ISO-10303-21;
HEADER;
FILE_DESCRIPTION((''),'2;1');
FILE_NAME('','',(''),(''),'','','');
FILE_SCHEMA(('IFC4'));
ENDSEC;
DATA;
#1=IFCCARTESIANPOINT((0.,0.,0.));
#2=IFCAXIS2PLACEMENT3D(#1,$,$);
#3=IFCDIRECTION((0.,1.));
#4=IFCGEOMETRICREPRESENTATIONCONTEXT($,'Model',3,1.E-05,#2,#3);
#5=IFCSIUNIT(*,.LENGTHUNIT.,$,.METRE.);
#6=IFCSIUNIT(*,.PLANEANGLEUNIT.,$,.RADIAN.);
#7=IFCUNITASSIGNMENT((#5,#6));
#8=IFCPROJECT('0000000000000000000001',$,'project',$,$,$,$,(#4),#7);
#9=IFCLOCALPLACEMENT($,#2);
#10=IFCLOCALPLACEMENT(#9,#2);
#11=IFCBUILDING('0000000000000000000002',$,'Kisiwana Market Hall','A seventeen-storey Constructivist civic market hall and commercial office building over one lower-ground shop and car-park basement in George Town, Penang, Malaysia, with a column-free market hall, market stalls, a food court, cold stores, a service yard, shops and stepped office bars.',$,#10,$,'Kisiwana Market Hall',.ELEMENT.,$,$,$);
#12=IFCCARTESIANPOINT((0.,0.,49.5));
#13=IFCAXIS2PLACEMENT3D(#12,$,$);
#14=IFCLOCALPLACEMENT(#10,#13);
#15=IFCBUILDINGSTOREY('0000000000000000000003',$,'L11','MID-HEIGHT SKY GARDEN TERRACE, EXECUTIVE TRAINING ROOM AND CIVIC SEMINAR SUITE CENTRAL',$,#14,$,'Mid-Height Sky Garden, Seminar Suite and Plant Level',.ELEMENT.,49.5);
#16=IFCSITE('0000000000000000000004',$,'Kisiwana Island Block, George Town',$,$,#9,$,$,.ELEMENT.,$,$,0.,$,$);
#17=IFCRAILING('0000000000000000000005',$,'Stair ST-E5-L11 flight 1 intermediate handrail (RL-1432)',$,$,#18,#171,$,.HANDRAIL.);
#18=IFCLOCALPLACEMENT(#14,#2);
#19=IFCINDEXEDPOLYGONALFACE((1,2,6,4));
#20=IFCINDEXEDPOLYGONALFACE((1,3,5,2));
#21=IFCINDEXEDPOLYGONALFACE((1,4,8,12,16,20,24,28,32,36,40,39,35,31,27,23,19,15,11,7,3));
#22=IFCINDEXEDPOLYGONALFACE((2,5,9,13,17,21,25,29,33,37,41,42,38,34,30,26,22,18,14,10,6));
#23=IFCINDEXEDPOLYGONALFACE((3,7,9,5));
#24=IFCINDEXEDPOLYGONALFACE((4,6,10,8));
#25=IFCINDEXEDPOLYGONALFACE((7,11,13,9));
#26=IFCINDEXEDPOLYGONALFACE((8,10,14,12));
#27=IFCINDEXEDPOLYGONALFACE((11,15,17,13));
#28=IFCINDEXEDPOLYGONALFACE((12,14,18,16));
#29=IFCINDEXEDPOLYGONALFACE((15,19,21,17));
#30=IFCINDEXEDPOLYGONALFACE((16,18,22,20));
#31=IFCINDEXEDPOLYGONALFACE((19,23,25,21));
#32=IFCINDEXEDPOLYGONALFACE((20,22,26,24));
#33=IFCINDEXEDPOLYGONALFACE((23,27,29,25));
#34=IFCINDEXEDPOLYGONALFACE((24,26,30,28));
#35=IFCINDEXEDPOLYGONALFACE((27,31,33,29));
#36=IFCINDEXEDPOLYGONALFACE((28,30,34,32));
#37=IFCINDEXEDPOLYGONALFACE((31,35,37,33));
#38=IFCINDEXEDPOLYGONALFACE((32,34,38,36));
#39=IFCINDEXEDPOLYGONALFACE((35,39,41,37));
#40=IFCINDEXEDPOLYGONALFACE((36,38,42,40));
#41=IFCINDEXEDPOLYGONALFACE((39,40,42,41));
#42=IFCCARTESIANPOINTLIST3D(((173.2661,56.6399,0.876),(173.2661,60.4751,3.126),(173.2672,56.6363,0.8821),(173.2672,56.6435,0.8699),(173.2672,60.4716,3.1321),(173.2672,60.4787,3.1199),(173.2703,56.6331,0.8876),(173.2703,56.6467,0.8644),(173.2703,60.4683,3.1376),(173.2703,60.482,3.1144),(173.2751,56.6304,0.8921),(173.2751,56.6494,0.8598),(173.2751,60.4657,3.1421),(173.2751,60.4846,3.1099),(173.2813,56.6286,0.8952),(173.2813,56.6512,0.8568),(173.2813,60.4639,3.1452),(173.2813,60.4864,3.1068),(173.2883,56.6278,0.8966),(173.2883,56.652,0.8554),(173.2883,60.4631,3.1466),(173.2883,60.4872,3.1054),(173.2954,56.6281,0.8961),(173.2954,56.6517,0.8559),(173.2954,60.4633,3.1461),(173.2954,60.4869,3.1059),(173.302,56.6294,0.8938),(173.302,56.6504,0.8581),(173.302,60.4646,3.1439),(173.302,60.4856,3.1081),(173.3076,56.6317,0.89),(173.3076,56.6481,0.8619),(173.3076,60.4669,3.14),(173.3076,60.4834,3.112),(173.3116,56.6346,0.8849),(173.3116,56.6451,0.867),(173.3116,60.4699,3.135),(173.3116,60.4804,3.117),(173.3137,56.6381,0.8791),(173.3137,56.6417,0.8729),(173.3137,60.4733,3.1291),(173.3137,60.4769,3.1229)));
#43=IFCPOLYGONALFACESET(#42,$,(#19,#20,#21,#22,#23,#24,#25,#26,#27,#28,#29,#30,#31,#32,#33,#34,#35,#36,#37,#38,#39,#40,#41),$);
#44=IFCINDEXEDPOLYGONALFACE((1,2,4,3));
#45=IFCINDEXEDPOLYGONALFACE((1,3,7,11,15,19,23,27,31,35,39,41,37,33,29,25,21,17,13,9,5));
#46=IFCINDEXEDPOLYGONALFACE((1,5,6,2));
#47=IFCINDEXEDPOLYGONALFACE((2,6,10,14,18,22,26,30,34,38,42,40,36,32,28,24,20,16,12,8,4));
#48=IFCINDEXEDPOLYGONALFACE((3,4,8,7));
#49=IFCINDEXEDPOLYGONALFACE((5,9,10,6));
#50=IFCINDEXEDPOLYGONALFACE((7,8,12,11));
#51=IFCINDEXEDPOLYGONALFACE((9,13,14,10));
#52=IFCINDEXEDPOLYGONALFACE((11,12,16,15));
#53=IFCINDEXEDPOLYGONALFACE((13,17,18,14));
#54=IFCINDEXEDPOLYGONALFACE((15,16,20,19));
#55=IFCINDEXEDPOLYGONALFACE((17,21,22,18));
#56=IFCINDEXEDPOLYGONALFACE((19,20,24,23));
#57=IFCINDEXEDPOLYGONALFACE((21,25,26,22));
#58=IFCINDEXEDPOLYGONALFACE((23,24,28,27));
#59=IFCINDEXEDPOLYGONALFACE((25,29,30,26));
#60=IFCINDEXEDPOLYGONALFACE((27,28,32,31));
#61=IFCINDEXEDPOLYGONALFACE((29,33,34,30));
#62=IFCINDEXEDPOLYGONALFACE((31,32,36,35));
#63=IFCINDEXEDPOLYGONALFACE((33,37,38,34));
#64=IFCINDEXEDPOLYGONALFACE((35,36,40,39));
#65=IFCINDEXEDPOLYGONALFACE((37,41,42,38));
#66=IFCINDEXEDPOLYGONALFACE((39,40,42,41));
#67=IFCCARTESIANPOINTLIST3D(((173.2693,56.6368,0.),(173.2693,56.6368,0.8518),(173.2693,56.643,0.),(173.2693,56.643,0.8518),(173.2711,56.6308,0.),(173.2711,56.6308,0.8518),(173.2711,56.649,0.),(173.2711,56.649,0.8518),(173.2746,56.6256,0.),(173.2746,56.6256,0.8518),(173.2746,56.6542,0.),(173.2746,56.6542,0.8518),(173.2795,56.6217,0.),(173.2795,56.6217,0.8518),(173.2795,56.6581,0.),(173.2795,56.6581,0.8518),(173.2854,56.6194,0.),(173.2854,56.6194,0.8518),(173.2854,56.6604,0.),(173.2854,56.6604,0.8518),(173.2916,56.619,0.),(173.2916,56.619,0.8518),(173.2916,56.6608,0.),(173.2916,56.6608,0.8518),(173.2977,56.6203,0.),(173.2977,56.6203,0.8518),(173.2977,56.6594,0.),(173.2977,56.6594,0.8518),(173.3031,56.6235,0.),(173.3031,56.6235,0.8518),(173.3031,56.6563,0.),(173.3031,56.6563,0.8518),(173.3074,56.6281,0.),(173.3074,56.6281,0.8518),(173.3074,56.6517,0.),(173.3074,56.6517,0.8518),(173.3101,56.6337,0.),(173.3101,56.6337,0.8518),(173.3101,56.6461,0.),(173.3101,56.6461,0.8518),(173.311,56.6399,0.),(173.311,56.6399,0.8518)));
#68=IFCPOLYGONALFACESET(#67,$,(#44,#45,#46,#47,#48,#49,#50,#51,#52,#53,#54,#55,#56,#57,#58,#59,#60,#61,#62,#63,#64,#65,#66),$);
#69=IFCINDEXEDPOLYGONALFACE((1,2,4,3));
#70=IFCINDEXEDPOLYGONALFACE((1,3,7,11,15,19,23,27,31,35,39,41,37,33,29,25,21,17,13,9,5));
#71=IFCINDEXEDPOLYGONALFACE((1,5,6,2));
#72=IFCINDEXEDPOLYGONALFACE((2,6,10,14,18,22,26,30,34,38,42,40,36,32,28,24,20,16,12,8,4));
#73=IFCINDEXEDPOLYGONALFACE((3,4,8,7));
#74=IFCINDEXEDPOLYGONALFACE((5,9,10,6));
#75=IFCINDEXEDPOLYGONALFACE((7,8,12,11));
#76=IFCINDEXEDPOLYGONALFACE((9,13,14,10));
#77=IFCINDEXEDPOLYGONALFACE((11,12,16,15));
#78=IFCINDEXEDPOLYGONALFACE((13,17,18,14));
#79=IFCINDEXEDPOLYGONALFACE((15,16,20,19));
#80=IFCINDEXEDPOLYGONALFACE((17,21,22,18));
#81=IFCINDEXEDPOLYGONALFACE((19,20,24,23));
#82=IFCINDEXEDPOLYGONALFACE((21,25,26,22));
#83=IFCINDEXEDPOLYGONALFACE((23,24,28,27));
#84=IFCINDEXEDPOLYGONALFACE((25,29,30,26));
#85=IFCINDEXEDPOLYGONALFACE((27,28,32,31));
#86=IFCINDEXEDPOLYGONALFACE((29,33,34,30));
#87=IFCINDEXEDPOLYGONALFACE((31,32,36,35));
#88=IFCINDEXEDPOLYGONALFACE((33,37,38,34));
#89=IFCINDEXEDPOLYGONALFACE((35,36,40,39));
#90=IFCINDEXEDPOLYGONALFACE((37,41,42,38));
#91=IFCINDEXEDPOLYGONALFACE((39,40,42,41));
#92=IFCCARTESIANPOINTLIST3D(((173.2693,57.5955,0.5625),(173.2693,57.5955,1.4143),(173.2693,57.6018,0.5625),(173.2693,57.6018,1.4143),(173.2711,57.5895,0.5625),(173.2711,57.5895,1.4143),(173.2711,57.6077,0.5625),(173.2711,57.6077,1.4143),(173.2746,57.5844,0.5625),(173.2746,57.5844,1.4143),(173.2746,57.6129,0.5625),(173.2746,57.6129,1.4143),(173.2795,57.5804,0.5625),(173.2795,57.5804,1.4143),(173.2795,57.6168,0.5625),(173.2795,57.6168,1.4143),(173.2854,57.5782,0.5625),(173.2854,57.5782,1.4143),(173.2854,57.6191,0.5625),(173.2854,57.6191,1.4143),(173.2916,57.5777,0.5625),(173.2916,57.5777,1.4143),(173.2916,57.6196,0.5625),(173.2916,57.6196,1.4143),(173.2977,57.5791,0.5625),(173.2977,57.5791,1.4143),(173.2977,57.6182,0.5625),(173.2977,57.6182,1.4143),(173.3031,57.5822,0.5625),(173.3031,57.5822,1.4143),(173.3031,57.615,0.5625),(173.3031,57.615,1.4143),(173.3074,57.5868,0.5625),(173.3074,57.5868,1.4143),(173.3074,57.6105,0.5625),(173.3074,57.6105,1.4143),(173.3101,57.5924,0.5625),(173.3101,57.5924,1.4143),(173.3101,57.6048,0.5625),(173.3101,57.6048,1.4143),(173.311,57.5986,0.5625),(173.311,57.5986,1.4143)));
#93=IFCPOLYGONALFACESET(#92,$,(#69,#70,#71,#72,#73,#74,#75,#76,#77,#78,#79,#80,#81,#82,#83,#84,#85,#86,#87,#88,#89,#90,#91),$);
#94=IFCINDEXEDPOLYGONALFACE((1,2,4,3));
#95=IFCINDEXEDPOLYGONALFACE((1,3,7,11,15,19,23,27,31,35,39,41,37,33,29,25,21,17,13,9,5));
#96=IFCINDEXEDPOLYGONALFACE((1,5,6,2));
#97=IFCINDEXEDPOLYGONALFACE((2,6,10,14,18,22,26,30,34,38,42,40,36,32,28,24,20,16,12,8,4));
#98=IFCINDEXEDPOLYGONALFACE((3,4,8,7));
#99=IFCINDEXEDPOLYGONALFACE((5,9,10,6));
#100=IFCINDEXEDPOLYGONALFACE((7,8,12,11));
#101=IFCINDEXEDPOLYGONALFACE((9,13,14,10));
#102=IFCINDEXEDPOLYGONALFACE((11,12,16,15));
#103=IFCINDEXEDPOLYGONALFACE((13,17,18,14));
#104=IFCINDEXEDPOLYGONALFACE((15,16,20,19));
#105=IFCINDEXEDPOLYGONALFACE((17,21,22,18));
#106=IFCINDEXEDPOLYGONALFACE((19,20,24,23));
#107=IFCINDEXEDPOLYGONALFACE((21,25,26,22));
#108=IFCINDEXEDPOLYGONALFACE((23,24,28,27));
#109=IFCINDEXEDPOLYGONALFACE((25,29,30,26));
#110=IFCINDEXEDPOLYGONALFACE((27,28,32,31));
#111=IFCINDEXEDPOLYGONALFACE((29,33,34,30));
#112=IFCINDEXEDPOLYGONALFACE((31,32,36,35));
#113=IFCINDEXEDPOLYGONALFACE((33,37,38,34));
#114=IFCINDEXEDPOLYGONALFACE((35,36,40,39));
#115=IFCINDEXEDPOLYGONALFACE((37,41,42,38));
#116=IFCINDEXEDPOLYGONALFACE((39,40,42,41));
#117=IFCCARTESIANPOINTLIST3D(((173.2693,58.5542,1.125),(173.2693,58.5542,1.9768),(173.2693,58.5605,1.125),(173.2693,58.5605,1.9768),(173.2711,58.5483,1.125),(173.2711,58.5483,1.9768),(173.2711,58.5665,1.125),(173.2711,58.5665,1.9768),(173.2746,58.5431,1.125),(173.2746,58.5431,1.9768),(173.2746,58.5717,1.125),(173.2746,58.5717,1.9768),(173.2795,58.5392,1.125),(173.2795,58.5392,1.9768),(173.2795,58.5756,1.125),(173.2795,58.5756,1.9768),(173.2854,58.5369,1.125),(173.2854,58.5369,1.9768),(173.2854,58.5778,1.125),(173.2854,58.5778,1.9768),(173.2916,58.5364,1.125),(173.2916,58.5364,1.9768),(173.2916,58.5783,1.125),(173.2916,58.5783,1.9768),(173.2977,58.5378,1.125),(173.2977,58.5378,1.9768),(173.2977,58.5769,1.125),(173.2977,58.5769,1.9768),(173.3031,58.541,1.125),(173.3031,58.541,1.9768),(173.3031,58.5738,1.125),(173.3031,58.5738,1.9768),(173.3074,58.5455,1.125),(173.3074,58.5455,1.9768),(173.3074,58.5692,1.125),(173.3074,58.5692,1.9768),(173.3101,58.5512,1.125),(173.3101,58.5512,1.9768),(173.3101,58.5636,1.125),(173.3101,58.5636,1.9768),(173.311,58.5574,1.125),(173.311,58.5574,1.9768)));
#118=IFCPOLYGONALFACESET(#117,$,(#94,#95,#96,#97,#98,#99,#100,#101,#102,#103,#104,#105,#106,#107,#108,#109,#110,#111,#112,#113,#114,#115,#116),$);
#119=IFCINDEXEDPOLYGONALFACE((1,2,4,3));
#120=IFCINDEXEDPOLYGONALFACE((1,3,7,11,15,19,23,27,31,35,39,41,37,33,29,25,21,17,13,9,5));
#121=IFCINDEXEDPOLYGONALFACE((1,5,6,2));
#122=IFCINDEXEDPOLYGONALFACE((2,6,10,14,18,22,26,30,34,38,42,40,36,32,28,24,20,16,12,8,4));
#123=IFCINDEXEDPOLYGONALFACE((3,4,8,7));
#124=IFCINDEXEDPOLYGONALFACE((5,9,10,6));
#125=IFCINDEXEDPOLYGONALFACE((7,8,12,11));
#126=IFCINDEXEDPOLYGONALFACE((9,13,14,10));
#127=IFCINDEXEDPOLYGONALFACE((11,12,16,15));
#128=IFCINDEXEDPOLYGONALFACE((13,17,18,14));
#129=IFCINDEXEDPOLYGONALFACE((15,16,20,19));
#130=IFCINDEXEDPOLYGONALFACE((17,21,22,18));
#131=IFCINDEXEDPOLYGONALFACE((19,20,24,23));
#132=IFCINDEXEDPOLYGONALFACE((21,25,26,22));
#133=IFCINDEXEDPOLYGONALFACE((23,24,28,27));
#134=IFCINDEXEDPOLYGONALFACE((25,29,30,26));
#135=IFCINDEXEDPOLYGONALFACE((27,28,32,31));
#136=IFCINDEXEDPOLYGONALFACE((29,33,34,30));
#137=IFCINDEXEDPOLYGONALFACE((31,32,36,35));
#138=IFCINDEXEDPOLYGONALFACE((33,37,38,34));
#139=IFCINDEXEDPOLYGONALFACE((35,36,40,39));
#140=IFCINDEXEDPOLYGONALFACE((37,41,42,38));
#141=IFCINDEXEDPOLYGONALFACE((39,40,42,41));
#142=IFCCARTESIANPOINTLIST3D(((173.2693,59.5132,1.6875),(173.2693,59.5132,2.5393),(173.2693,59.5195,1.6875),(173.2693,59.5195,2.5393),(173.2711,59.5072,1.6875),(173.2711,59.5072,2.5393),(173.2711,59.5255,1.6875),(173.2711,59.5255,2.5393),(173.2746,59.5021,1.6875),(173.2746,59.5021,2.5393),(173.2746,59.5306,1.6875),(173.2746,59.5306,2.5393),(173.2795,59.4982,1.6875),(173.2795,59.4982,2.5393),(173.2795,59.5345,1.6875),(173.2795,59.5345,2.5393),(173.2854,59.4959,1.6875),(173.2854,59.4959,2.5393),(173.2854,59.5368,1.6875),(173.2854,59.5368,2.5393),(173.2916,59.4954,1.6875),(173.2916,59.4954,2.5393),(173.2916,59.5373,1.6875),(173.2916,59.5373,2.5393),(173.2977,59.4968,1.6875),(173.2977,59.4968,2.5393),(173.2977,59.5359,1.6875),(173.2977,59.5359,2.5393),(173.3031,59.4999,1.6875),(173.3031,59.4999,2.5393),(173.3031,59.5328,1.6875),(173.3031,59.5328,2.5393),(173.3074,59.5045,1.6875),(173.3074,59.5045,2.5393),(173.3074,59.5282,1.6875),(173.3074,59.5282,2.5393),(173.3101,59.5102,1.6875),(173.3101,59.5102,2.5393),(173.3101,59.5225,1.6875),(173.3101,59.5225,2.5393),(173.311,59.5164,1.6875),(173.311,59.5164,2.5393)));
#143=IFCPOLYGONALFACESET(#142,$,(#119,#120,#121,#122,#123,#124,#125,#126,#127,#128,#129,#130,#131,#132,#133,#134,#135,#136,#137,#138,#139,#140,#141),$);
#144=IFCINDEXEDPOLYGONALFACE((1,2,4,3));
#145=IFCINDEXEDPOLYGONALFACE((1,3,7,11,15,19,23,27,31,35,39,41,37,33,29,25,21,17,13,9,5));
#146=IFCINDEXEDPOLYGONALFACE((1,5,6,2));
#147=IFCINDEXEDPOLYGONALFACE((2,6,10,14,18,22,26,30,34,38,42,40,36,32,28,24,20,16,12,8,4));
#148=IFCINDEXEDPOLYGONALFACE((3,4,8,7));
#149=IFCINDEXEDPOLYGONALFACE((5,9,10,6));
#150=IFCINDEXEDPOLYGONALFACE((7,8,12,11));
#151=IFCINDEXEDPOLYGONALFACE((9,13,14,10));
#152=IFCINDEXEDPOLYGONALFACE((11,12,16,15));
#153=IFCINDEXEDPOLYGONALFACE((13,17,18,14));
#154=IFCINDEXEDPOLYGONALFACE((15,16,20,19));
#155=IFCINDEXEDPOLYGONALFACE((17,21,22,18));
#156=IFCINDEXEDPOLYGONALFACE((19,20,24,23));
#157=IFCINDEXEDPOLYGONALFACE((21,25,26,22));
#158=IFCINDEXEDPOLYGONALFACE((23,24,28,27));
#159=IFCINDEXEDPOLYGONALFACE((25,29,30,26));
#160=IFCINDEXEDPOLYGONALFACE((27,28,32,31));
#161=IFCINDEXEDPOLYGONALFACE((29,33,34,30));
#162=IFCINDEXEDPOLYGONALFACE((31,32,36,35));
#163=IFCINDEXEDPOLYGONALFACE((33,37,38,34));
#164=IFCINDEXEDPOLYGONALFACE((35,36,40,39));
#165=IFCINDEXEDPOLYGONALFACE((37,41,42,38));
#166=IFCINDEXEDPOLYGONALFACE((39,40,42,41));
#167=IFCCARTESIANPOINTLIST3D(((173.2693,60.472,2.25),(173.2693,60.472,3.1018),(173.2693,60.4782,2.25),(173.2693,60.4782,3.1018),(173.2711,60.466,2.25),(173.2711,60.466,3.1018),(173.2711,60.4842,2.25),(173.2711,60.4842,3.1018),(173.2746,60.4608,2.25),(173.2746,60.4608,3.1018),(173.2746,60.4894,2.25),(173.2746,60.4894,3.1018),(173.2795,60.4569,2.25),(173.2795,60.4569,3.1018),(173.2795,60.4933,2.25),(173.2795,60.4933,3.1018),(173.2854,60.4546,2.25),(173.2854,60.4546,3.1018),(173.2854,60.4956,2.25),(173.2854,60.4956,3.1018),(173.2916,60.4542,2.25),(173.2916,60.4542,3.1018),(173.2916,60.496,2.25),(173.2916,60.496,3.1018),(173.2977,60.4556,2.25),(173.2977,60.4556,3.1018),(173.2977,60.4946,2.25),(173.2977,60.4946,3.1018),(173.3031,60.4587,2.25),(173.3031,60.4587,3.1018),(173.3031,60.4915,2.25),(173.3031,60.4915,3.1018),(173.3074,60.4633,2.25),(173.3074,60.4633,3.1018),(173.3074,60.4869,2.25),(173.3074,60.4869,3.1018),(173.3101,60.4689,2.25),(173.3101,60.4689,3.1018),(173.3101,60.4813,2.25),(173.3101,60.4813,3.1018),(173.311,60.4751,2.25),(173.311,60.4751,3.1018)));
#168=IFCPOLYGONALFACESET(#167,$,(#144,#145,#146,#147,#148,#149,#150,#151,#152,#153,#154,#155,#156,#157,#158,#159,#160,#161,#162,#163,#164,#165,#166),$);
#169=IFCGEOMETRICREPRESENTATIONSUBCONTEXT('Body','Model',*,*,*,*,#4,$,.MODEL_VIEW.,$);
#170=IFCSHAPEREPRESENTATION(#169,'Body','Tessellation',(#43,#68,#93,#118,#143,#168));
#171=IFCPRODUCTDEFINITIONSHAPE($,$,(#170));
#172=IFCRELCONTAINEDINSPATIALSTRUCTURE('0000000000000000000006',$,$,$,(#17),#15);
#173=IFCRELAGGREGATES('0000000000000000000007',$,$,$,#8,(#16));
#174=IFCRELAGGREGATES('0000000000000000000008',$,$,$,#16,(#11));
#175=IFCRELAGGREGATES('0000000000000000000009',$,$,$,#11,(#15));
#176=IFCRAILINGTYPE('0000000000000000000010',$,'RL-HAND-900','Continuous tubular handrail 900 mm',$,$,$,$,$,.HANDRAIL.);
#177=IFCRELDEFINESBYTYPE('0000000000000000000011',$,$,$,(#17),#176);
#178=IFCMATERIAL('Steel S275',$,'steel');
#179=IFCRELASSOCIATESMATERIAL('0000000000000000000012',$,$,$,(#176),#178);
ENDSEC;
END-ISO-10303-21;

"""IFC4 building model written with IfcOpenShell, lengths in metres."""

from ifc_helpers import new_model, si_unit, direction, frame, origin, origin_2d, place, context, subcontext, project, spatial, circle, extrude, material, type_object, element, save


model = new_model("IFC4")

# Units and contexts
model_context = context("Model", 3, precision=1e-05, world=origin(), true_north=direction((0.0, 1.0)))
body_context = subcontext(model_context, "Body", "Model", "MODEL_VIEW")
ifc_project = project(units=[si_unit("LENGTHUNIT", "METRE"), si_unit("PLANEANGLEUNIT", "RADIAN")], contexts=[model_context])

# Site, building, storey
site_placement = place(None, origin())
site = spatial("IfcSite", under=ifc_project, at=site_placement, Name="Kisiwana Island Block, George Town", CompositionType="ELEMENT", RefElevation=0.0)
building_placement = place(site_placement, origin())
building = spatial("IfcBuilding", under=site, at=building_placement, Name="Kisiwana Market Hall", Description="A seventeen-storey Constructivist civic market hall and commercial office building over one lower-ground shop and car-park basement in George Town, Penang, Malaysia, with a column-free market hall, market stalls, a food court, cold stores, a service yard, shops and stepped office bars.", LongName="Kisiwana Market Hall", CompositionType="ELEMENT")
storey_placement = place(building_placement, frame((0.0, 0.0, 49.5)))
storey = spatial("IfcBuildingStorey", under=building, at=storey_placement, Name="L11", Description="MID-HEIGHT SKY GARDEN TERRACE, EXECUTIVE TRAINING ROOM AND CIVIC SEMINAR SUITE CENTRAL", LongName="Mid-Height Sky Garden, Seminar Suite and Plant Level", CompositionType="ELEMENT", Elevation=49.5)

# Railing
ifc_material_1 = material(Name="Steel S275", Category="steel")
railing_type_1 = type_object("IfcRailingType", Name="RL-HAND-900", Description="Continuous tubular handrail 900 mm", PredefinedType="HANDRAIL", material=ifc_material_1)
railing_1_placement = place(storey_placement, frame((173.29, 56.6399, 0.0)))
element("IfcRailing", 1, at=railing_1_placement, inside=storey, type_object=railing_type_1, Name="Stair ST-E5-L11 flight 1 intermediate handrail (RL-1432)", PredefinedType="HANDRAIL", context=body_context, shape_type="SweptSolid", body=[
    extrude(circle(Radius=0.0239, at=origin_2d()), frame((0.0, 0.0, 0.876), z_axis=(0.0, 0.862524, 0.506017), x_axis=(-1.0, 0.0, 0.0)), (0.0, 0.0, 1.0), 4.4465),
    extrude(circle(Radius=0.021, at=origin_2d()), origin(), (0.0, 0.0, 1.0), 0.8518),
    extrude(circle(Radius=0.021, at=origin_2d()), frame((0.0, 0.9587, 0.5625)), (0.0, 0.0, 1.0), 0.8518),
    extrude(circle(Radius=0.021, at=origin_2d()), frame((0.0, 1.9175, 1.125)), (0.0, 0.0, 1.0), 0.8518),
    extrude(circle(Radius=0.021, at=origin_2d()), frame((0.0, 2.8765, 1.6875)), (0.0, 0.0, 1.0), 0.8518),
    extrude(circle(Radius=0.021, at=origin_2d()), frame((0.0, 3.8352, 2.25)), (0.0, 0.0, 1.0), 0.8518),
])

save(model, "model.ifc")
